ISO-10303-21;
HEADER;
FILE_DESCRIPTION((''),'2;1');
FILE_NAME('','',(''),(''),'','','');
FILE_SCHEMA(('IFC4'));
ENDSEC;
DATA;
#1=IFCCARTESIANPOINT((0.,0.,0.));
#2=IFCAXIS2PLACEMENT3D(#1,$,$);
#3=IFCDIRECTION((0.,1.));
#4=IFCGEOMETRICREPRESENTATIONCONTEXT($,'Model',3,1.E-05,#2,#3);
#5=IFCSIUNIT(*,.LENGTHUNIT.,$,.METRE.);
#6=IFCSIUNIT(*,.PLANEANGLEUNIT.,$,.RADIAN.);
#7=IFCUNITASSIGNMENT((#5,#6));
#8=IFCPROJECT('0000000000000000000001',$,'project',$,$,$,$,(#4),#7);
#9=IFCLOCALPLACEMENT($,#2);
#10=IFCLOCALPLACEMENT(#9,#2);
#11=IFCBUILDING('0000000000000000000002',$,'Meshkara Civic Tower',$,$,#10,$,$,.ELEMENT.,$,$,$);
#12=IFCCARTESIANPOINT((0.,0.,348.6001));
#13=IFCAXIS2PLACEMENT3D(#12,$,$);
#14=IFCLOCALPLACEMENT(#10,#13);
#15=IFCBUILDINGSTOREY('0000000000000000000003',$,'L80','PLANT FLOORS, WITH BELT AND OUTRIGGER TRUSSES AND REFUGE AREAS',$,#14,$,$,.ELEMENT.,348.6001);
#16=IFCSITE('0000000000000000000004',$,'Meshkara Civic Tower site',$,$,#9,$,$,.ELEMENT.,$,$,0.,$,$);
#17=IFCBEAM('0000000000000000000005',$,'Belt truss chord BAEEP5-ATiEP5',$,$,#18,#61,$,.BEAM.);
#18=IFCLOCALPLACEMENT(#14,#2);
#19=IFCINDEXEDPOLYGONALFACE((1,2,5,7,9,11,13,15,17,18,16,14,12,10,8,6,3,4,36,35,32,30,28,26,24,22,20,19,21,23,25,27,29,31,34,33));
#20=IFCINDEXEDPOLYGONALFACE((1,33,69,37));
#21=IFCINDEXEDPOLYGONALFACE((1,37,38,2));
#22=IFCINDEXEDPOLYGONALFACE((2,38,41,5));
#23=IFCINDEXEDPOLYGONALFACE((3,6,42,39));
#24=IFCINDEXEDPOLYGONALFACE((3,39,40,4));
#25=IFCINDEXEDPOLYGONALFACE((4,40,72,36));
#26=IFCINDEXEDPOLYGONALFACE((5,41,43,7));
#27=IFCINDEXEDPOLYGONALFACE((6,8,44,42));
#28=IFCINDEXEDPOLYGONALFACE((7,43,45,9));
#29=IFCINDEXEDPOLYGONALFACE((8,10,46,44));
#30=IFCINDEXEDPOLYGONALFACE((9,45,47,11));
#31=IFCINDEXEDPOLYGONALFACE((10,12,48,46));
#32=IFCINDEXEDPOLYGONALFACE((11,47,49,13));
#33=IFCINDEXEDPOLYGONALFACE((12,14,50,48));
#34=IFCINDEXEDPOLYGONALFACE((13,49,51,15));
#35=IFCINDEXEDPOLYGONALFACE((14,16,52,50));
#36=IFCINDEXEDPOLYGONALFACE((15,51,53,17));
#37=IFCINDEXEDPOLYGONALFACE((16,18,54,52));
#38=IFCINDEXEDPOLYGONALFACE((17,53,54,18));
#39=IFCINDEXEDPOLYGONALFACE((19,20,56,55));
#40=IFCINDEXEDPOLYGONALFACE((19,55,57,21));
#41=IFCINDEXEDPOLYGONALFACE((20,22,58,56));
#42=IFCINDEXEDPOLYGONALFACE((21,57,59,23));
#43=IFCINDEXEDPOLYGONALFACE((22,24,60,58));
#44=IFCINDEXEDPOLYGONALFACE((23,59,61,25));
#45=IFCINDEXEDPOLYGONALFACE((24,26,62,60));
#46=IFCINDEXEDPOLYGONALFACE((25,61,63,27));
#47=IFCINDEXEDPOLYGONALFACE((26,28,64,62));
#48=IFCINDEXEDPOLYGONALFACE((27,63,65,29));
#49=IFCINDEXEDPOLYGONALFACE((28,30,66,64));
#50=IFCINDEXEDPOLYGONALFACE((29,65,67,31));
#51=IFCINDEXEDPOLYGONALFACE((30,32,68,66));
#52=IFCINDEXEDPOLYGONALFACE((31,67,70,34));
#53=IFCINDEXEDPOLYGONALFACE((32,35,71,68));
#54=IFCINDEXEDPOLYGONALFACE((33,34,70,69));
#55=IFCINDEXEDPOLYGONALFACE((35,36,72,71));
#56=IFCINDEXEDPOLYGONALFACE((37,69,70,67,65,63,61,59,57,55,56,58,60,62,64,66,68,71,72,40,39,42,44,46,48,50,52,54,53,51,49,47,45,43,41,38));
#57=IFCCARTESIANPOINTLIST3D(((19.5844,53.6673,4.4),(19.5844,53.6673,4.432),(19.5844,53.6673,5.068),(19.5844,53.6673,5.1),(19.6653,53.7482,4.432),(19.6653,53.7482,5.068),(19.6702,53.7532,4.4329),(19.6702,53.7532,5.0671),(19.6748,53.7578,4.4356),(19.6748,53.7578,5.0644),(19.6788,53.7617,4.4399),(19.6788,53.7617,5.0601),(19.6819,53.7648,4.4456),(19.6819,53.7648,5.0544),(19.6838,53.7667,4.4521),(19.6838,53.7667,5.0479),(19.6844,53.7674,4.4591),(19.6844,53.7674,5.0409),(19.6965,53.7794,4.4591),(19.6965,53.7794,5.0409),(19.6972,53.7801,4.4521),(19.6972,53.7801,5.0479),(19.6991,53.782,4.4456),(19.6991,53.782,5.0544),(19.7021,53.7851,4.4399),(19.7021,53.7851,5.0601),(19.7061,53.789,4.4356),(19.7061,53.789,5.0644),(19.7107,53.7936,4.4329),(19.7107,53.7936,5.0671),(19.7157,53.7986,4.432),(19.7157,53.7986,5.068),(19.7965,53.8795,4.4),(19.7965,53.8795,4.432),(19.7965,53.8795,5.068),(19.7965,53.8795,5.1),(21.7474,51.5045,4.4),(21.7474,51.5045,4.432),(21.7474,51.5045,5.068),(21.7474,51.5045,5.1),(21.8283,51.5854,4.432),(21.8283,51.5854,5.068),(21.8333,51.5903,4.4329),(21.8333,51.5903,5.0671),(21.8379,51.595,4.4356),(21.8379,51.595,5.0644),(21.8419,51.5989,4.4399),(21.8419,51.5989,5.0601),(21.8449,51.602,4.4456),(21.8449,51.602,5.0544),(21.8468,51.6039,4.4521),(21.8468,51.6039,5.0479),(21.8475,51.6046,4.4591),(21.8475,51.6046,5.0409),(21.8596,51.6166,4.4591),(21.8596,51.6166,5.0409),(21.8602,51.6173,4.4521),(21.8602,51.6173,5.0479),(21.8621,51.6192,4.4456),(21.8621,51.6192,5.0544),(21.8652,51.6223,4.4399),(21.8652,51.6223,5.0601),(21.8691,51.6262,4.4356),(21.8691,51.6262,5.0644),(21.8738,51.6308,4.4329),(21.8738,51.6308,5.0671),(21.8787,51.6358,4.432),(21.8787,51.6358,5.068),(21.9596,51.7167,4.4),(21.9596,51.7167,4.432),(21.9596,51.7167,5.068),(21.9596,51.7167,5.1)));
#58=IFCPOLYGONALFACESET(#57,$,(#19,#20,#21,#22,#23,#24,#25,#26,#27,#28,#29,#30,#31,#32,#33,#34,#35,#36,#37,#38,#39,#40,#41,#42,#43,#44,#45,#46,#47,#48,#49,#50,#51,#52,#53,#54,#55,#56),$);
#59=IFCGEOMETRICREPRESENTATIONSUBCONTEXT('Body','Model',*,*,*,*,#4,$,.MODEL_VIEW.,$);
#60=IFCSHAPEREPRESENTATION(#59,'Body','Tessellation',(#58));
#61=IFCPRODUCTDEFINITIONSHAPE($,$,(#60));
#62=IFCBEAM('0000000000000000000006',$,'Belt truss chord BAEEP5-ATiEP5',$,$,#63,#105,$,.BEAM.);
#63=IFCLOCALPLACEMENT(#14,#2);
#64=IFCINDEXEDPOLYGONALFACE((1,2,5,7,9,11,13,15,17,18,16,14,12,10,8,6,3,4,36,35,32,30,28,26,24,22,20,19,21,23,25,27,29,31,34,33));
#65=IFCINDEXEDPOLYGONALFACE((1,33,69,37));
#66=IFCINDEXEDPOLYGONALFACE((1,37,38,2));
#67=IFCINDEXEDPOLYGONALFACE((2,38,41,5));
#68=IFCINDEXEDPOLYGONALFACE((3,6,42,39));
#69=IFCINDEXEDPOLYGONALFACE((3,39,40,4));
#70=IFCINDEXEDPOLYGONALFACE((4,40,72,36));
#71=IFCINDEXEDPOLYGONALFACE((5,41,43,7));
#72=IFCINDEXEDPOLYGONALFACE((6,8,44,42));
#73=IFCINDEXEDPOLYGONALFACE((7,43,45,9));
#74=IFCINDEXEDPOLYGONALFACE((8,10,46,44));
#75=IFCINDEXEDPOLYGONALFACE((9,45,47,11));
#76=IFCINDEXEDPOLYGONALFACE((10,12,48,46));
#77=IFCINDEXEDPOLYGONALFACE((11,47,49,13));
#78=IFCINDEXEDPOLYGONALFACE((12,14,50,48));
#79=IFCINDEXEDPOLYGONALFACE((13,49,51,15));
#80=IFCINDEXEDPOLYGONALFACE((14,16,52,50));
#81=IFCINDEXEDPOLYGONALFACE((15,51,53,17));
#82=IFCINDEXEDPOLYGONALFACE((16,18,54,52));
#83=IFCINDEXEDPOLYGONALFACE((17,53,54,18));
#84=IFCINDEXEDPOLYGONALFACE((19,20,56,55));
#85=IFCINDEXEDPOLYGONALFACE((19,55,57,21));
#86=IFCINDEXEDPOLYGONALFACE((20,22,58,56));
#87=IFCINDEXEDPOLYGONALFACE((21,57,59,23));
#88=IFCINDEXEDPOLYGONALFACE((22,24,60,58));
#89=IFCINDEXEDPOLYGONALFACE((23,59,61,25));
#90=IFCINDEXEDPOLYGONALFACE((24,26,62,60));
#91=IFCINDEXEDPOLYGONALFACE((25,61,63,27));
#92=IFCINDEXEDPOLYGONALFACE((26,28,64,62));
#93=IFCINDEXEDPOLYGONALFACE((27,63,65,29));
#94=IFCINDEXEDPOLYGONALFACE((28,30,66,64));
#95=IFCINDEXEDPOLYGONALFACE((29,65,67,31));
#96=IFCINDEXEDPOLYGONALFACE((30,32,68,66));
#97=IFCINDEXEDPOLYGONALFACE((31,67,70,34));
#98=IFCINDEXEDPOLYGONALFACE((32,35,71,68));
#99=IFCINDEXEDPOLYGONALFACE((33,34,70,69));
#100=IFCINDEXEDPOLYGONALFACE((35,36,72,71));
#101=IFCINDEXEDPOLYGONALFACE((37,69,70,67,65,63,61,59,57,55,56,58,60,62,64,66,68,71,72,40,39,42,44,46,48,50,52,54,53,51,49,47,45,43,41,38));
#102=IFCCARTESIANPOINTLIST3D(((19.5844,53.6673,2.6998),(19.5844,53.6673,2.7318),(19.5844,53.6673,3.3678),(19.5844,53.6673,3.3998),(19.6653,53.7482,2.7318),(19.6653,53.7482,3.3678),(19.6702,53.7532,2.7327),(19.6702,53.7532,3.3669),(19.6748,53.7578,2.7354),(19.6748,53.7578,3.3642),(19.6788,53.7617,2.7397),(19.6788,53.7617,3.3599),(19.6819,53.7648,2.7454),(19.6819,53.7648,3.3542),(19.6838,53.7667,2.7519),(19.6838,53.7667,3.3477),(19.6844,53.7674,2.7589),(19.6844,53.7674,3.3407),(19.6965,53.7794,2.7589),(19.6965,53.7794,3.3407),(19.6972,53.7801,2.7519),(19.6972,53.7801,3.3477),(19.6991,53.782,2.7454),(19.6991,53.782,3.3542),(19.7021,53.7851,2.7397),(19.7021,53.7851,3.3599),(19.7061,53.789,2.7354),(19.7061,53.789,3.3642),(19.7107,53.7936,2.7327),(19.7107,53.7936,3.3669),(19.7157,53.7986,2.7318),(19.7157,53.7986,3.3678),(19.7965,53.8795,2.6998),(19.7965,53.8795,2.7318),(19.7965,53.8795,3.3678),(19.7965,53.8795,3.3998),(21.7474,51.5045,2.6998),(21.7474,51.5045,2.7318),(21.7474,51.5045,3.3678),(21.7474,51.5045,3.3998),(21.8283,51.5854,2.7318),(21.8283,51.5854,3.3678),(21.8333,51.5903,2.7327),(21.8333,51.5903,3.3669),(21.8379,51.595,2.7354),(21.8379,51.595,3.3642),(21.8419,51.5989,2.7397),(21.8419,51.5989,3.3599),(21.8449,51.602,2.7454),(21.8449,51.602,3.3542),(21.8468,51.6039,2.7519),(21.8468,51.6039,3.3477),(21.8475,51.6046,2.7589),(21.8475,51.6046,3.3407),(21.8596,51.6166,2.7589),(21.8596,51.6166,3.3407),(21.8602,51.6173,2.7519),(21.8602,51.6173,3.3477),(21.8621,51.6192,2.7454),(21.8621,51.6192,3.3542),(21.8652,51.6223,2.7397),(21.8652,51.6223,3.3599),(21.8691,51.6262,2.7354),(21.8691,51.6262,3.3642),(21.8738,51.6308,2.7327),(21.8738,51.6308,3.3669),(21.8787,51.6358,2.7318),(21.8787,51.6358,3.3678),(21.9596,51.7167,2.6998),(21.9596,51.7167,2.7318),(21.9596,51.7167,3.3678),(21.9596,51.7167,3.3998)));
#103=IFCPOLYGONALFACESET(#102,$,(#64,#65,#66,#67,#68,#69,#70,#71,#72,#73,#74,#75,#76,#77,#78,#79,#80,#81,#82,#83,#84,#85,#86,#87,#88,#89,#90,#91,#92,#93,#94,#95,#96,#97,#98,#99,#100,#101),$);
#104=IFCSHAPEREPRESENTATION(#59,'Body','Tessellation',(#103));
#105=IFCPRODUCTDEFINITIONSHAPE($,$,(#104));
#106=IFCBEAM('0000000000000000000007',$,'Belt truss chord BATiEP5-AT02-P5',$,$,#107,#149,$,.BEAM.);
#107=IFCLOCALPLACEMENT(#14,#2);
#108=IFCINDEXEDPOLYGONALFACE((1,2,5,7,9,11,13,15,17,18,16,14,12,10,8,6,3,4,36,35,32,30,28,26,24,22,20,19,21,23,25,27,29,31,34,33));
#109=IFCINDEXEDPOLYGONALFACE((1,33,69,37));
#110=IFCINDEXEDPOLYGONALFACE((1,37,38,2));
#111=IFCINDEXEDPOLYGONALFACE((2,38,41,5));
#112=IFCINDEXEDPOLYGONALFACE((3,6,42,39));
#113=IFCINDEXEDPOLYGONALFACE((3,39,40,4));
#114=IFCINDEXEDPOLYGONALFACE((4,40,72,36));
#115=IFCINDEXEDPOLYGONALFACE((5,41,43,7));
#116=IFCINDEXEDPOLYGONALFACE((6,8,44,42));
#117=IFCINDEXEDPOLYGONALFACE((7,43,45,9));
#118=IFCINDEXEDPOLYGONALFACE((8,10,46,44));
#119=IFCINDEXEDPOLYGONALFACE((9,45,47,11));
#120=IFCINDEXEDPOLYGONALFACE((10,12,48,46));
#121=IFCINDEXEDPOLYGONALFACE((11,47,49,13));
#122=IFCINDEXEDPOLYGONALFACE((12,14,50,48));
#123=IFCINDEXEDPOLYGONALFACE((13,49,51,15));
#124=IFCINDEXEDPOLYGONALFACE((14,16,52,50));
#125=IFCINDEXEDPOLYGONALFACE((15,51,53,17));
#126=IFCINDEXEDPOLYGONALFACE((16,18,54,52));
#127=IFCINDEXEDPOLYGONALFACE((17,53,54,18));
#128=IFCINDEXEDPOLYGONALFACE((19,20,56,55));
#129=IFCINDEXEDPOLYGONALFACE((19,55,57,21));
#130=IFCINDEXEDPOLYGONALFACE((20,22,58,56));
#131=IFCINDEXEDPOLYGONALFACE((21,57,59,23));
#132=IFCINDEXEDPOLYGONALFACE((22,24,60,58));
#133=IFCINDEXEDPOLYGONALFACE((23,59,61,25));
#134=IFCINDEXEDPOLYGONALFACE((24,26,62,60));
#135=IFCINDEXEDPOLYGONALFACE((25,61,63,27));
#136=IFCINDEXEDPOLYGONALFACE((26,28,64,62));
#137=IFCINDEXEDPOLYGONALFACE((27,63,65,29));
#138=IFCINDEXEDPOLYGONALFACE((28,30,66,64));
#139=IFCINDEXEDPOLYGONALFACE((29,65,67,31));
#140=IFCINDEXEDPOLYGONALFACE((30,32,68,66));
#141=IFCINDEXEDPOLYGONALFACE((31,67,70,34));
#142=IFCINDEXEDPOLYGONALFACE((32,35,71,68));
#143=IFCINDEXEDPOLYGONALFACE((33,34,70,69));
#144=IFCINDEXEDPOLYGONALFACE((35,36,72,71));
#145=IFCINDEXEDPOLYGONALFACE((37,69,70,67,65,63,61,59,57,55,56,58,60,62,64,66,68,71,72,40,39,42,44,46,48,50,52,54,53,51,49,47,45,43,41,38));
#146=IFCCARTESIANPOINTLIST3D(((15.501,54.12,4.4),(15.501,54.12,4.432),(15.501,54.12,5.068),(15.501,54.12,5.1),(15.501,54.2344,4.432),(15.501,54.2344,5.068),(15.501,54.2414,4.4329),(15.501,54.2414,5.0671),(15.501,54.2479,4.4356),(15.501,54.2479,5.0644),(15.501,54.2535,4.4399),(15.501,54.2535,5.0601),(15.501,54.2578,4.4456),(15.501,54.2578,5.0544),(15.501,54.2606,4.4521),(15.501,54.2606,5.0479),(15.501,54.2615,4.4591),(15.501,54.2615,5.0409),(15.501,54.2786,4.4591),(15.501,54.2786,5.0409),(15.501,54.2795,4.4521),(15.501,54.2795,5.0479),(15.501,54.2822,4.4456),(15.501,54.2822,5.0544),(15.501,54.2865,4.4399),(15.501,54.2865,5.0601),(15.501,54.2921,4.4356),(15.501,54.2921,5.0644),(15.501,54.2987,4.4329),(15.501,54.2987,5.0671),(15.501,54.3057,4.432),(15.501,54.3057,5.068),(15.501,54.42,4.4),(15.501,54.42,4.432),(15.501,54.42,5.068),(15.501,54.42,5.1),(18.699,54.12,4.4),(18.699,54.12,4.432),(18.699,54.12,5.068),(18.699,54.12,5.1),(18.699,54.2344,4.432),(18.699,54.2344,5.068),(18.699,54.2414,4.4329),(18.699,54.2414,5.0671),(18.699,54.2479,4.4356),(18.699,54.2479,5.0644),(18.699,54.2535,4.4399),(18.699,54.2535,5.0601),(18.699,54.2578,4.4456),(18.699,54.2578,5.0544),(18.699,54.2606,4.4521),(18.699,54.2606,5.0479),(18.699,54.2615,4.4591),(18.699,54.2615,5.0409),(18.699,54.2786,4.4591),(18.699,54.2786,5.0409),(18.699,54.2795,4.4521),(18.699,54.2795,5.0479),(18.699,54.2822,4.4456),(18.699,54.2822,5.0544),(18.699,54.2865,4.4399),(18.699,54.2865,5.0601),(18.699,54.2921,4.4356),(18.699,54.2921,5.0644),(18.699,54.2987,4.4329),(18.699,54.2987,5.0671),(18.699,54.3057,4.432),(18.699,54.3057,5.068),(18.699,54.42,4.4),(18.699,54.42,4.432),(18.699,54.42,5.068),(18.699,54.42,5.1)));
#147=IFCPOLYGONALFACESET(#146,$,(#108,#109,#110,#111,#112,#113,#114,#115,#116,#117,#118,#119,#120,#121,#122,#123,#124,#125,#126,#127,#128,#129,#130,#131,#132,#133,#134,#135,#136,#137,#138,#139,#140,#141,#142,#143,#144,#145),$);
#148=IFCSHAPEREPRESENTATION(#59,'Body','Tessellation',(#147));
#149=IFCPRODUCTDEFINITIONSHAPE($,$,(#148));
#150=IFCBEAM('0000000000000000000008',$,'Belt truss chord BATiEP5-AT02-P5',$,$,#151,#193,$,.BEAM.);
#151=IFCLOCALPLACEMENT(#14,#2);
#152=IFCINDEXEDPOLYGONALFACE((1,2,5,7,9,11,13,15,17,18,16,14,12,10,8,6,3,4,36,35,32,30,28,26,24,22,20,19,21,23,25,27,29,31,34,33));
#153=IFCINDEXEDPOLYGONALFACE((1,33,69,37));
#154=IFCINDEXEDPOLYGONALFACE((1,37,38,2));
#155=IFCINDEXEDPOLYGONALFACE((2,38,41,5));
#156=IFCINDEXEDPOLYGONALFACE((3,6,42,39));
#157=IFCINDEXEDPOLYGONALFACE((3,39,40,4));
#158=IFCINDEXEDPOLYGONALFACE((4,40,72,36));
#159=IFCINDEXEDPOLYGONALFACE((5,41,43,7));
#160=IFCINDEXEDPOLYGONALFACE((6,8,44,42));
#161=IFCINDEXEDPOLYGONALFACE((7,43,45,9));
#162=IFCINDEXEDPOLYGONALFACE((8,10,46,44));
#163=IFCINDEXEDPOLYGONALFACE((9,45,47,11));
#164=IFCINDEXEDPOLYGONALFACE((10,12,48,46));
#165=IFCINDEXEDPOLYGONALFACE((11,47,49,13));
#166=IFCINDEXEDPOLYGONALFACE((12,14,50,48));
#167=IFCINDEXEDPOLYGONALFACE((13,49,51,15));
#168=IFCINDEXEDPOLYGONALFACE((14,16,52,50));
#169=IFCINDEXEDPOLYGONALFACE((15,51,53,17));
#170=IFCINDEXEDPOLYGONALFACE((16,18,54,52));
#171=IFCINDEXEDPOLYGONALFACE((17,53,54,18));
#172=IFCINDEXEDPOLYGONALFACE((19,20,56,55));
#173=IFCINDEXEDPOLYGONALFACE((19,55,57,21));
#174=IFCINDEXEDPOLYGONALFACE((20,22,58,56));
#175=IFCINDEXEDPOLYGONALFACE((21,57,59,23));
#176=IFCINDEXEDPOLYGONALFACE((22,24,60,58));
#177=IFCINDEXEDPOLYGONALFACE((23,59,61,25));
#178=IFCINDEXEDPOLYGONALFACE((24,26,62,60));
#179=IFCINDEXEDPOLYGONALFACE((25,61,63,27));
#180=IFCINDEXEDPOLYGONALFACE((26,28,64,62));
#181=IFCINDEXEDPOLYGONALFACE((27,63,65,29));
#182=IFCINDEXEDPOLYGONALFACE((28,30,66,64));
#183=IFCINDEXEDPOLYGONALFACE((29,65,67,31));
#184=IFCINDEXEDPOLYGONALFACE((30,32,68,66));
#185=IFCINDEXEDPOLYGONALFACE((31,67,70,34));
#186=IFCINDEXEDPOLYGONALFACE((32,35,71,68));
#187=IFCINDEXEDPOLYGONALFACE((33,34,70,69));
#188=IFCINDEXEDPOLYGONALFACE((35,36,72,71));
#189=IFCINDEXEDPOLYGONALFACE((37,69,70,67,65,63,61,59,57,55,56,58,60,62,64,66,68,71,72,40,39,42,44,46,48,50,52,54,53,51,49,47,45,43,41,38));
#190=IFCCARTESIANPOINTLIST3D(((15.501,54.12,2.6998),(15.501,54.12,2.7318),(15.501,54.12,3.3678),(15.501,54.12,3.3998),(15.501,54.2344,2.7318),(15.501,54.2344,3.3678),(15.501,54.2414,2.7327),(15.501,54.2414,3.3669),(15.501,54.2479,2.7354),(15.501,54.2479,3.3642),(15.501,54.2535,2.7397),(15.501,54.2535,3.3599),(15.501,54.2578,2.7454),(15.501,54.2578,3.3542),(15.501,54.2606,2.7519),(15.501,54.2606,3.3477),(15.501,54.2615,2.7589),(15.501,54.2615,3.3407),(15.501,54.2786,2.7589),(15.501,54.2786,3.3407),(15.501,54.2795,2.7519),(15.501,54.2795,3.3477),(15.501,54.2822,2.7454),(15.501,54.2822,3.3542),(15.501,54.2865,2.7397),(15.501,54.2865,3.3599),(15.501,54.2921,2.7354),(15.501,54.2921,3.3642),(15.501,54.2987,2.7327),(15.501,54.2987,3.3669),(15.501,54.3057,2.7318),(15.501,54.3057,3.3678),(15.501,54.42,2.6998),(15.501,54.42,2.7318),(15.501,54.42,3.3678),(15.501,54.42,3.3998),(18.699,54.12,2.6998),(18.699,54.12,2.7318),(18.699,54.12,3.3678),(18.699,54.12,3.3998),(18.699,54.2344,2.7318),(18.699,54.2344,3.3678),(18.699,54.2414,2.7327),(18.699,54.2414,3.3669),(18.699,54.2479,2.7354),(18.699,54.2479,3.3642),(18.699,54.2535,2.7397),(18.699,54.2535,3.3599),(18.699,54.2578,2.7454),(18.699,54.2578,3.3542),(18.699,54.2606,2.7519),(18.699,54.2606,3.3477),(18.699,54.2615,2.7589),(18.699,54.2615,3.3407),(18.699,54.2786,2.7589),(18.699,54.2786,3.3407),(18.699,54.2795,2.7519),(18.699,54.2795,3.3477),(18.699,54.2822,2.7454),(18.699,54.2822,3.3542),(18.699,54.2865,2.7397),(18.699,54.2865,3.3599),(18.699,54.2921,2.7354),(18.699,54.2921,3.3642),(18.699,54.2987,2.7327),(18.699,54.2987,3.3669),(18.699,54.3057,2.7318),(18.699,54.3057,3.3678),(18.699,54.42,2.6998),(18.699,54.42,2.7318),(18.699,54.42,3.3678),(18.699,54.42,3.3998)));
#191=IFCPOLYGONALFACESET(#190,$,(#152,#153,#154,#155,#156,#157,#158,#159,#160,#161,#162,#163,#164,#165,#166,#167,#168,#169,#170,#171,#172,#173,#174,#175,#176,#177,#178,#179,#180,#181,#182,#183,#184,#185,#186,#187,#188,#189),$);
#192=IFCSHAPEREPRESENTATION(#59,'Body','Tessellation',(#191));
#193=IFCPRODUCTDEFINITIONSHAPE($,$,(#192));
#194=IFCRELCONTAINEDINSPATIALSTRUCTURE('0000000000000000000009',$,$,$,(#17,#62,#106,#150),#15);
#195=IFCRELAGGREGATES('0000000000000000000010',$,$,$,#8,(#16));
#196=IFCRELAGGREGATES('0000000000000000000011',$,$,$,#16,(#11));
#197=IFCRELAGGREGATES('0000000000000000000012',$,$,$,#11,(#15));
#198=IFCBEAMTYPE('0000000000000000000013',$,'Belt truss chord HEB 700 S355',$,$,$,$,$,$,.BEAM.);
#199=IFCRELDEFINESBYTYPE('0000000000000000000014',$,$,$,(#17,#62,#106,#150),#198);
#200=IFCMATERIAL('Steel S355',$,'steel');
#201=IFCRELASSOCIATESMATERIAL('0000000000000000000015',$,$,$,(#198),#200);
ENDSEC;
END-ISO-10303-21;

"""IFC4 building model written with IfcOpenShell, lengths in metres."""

from ifc_helpers import new_model, si_unit, direction, frame, origin, origin_2d, place, context, subcontext, project, spatial, i_section, extrude, material, material_profile, profile_set, type_object, element, save


model = new_model("IFC4")

# Units and contexts
model_context = context("Model", 3, precision=1e-05, world=origin(), true_north=direction((0.0, 1.0)))
body_context = subcontext(model_context, "Body", "Model", "MODEL_VIEW")
ifc_project = project(units=[si_unit("LENGTHUNIT", "METRE"), si_unit("PLANEANGLEUNIT", "RADIAN")], contexts=[model_context])

# Site, building, storey
site_placement = place(None, origin())
site = spatial("IfcSite", under=ifc_project, at=site_placement, Name="Meshkara Civic Tower site", CompositionType="ELEMENT", RefElevation=0.0)
building_placement = place(site_placement, origin())
building = spatial("IfcBuilding", under=site, at=building_placement, Name="Meshkara Civic Tower", CompositionType="ELEMENT")
storey_placement = place(building_placement, frame((0.0, 0.0, 348.6001)))
storey = spatial("IfcBuildingStorey", under=building, at=storey_placement, Name="L80", Description="PLANT FLOORS, WITH BELT AND OUTRIGGER TRUSSES AND REFUGE AREAS", CompositionType="ELEMENT", Elevation=348.6001)

# Beams
ifc_material_1 = material(Name="Steel S355", Category="steel")
ifc_material_profile_1 = material_profile(ifc_material_1, i_section(OverallWidth=0.3, OverallDepth=0.7, WebThickness=0.0171, FlangeThickness=0.032, FilletRadius=0.0271, at=origin_2d()))
ifc_profile_set_1 = profile_set([ifc_material_profile_1], Name="Steel S355")
beam_type = type_object("IfcBeamType", Name="Belt truss chord HEB 700 S355", PredefinedType="BEAM", material=ifc_profile_set_1)
for number, where, z_axis, x_axis, name in (
    (1, (21.8535, 51.6106, 4.75), (-0.707147, 0.707067, 0.0), (-0.707067, -0.707147, 0.0), "Belt truss chord BAEEP5-ATiEP5"),
    (2, (21.8535, 51.6106, 3.0498), (-0.707147, 0.707067, 0.0), (-0.707067, -0.707147, 0.0), "Belt truss chord BAEEP5-ATiEP5"),
):
    element("IfcBeam", number, at=place(storey_placement, frame(where, z_axis=z_axis, x_axis=x_axis)), inside=storey, type_object=beam_type, Name=name, PredefinedType="BEAM", context=body_context, shape_type="SweptSolid", body=[
        extrude(i_section(OverallWidth=0.3, OverallDepth=0.7, WebThickness=0.0171, FlangeThickness=0.032, FilletRadius=0.0271, at=origin_2d()), origin(), (0.0, 0.0, 1.0), 3.0588),
    ])
for number, where, z_axis, x_axis, name in (
    (3, (18.699, 54.27, 4.75), (-1.0, 0.0, 0.0), (0.0, -1.0, 0.0), "Belt truss chord BATiEP5-AT02-P5"),
    (4, (18.699, 54.27, 3.0498), (-1.0, 0.0, 0.0), (0.0, -1.0, 0.0), "Belt truss chord BATiEP5-AT02-P5"),
):
    element("IfcBeam", number, at=place(storey_placement, frame(where, z_axis=z_axis, x_axis=x_axis)), inside=storey, type_object=beam_type, Name=name, PredefinedType="BEAM", context=body_context, shape_type="SweptSolid", body=[
        extrude(i_section(OverallWidth=0.3, OverallDepth=0.7, WebThickness=0.0171, FlangeThickness=0.032, FilletRadius=0.0271, at=origin_2d()), origin(), (0.0, 0.0, 1.0), 3.198),
    ])

save(model, "model.ifc")
